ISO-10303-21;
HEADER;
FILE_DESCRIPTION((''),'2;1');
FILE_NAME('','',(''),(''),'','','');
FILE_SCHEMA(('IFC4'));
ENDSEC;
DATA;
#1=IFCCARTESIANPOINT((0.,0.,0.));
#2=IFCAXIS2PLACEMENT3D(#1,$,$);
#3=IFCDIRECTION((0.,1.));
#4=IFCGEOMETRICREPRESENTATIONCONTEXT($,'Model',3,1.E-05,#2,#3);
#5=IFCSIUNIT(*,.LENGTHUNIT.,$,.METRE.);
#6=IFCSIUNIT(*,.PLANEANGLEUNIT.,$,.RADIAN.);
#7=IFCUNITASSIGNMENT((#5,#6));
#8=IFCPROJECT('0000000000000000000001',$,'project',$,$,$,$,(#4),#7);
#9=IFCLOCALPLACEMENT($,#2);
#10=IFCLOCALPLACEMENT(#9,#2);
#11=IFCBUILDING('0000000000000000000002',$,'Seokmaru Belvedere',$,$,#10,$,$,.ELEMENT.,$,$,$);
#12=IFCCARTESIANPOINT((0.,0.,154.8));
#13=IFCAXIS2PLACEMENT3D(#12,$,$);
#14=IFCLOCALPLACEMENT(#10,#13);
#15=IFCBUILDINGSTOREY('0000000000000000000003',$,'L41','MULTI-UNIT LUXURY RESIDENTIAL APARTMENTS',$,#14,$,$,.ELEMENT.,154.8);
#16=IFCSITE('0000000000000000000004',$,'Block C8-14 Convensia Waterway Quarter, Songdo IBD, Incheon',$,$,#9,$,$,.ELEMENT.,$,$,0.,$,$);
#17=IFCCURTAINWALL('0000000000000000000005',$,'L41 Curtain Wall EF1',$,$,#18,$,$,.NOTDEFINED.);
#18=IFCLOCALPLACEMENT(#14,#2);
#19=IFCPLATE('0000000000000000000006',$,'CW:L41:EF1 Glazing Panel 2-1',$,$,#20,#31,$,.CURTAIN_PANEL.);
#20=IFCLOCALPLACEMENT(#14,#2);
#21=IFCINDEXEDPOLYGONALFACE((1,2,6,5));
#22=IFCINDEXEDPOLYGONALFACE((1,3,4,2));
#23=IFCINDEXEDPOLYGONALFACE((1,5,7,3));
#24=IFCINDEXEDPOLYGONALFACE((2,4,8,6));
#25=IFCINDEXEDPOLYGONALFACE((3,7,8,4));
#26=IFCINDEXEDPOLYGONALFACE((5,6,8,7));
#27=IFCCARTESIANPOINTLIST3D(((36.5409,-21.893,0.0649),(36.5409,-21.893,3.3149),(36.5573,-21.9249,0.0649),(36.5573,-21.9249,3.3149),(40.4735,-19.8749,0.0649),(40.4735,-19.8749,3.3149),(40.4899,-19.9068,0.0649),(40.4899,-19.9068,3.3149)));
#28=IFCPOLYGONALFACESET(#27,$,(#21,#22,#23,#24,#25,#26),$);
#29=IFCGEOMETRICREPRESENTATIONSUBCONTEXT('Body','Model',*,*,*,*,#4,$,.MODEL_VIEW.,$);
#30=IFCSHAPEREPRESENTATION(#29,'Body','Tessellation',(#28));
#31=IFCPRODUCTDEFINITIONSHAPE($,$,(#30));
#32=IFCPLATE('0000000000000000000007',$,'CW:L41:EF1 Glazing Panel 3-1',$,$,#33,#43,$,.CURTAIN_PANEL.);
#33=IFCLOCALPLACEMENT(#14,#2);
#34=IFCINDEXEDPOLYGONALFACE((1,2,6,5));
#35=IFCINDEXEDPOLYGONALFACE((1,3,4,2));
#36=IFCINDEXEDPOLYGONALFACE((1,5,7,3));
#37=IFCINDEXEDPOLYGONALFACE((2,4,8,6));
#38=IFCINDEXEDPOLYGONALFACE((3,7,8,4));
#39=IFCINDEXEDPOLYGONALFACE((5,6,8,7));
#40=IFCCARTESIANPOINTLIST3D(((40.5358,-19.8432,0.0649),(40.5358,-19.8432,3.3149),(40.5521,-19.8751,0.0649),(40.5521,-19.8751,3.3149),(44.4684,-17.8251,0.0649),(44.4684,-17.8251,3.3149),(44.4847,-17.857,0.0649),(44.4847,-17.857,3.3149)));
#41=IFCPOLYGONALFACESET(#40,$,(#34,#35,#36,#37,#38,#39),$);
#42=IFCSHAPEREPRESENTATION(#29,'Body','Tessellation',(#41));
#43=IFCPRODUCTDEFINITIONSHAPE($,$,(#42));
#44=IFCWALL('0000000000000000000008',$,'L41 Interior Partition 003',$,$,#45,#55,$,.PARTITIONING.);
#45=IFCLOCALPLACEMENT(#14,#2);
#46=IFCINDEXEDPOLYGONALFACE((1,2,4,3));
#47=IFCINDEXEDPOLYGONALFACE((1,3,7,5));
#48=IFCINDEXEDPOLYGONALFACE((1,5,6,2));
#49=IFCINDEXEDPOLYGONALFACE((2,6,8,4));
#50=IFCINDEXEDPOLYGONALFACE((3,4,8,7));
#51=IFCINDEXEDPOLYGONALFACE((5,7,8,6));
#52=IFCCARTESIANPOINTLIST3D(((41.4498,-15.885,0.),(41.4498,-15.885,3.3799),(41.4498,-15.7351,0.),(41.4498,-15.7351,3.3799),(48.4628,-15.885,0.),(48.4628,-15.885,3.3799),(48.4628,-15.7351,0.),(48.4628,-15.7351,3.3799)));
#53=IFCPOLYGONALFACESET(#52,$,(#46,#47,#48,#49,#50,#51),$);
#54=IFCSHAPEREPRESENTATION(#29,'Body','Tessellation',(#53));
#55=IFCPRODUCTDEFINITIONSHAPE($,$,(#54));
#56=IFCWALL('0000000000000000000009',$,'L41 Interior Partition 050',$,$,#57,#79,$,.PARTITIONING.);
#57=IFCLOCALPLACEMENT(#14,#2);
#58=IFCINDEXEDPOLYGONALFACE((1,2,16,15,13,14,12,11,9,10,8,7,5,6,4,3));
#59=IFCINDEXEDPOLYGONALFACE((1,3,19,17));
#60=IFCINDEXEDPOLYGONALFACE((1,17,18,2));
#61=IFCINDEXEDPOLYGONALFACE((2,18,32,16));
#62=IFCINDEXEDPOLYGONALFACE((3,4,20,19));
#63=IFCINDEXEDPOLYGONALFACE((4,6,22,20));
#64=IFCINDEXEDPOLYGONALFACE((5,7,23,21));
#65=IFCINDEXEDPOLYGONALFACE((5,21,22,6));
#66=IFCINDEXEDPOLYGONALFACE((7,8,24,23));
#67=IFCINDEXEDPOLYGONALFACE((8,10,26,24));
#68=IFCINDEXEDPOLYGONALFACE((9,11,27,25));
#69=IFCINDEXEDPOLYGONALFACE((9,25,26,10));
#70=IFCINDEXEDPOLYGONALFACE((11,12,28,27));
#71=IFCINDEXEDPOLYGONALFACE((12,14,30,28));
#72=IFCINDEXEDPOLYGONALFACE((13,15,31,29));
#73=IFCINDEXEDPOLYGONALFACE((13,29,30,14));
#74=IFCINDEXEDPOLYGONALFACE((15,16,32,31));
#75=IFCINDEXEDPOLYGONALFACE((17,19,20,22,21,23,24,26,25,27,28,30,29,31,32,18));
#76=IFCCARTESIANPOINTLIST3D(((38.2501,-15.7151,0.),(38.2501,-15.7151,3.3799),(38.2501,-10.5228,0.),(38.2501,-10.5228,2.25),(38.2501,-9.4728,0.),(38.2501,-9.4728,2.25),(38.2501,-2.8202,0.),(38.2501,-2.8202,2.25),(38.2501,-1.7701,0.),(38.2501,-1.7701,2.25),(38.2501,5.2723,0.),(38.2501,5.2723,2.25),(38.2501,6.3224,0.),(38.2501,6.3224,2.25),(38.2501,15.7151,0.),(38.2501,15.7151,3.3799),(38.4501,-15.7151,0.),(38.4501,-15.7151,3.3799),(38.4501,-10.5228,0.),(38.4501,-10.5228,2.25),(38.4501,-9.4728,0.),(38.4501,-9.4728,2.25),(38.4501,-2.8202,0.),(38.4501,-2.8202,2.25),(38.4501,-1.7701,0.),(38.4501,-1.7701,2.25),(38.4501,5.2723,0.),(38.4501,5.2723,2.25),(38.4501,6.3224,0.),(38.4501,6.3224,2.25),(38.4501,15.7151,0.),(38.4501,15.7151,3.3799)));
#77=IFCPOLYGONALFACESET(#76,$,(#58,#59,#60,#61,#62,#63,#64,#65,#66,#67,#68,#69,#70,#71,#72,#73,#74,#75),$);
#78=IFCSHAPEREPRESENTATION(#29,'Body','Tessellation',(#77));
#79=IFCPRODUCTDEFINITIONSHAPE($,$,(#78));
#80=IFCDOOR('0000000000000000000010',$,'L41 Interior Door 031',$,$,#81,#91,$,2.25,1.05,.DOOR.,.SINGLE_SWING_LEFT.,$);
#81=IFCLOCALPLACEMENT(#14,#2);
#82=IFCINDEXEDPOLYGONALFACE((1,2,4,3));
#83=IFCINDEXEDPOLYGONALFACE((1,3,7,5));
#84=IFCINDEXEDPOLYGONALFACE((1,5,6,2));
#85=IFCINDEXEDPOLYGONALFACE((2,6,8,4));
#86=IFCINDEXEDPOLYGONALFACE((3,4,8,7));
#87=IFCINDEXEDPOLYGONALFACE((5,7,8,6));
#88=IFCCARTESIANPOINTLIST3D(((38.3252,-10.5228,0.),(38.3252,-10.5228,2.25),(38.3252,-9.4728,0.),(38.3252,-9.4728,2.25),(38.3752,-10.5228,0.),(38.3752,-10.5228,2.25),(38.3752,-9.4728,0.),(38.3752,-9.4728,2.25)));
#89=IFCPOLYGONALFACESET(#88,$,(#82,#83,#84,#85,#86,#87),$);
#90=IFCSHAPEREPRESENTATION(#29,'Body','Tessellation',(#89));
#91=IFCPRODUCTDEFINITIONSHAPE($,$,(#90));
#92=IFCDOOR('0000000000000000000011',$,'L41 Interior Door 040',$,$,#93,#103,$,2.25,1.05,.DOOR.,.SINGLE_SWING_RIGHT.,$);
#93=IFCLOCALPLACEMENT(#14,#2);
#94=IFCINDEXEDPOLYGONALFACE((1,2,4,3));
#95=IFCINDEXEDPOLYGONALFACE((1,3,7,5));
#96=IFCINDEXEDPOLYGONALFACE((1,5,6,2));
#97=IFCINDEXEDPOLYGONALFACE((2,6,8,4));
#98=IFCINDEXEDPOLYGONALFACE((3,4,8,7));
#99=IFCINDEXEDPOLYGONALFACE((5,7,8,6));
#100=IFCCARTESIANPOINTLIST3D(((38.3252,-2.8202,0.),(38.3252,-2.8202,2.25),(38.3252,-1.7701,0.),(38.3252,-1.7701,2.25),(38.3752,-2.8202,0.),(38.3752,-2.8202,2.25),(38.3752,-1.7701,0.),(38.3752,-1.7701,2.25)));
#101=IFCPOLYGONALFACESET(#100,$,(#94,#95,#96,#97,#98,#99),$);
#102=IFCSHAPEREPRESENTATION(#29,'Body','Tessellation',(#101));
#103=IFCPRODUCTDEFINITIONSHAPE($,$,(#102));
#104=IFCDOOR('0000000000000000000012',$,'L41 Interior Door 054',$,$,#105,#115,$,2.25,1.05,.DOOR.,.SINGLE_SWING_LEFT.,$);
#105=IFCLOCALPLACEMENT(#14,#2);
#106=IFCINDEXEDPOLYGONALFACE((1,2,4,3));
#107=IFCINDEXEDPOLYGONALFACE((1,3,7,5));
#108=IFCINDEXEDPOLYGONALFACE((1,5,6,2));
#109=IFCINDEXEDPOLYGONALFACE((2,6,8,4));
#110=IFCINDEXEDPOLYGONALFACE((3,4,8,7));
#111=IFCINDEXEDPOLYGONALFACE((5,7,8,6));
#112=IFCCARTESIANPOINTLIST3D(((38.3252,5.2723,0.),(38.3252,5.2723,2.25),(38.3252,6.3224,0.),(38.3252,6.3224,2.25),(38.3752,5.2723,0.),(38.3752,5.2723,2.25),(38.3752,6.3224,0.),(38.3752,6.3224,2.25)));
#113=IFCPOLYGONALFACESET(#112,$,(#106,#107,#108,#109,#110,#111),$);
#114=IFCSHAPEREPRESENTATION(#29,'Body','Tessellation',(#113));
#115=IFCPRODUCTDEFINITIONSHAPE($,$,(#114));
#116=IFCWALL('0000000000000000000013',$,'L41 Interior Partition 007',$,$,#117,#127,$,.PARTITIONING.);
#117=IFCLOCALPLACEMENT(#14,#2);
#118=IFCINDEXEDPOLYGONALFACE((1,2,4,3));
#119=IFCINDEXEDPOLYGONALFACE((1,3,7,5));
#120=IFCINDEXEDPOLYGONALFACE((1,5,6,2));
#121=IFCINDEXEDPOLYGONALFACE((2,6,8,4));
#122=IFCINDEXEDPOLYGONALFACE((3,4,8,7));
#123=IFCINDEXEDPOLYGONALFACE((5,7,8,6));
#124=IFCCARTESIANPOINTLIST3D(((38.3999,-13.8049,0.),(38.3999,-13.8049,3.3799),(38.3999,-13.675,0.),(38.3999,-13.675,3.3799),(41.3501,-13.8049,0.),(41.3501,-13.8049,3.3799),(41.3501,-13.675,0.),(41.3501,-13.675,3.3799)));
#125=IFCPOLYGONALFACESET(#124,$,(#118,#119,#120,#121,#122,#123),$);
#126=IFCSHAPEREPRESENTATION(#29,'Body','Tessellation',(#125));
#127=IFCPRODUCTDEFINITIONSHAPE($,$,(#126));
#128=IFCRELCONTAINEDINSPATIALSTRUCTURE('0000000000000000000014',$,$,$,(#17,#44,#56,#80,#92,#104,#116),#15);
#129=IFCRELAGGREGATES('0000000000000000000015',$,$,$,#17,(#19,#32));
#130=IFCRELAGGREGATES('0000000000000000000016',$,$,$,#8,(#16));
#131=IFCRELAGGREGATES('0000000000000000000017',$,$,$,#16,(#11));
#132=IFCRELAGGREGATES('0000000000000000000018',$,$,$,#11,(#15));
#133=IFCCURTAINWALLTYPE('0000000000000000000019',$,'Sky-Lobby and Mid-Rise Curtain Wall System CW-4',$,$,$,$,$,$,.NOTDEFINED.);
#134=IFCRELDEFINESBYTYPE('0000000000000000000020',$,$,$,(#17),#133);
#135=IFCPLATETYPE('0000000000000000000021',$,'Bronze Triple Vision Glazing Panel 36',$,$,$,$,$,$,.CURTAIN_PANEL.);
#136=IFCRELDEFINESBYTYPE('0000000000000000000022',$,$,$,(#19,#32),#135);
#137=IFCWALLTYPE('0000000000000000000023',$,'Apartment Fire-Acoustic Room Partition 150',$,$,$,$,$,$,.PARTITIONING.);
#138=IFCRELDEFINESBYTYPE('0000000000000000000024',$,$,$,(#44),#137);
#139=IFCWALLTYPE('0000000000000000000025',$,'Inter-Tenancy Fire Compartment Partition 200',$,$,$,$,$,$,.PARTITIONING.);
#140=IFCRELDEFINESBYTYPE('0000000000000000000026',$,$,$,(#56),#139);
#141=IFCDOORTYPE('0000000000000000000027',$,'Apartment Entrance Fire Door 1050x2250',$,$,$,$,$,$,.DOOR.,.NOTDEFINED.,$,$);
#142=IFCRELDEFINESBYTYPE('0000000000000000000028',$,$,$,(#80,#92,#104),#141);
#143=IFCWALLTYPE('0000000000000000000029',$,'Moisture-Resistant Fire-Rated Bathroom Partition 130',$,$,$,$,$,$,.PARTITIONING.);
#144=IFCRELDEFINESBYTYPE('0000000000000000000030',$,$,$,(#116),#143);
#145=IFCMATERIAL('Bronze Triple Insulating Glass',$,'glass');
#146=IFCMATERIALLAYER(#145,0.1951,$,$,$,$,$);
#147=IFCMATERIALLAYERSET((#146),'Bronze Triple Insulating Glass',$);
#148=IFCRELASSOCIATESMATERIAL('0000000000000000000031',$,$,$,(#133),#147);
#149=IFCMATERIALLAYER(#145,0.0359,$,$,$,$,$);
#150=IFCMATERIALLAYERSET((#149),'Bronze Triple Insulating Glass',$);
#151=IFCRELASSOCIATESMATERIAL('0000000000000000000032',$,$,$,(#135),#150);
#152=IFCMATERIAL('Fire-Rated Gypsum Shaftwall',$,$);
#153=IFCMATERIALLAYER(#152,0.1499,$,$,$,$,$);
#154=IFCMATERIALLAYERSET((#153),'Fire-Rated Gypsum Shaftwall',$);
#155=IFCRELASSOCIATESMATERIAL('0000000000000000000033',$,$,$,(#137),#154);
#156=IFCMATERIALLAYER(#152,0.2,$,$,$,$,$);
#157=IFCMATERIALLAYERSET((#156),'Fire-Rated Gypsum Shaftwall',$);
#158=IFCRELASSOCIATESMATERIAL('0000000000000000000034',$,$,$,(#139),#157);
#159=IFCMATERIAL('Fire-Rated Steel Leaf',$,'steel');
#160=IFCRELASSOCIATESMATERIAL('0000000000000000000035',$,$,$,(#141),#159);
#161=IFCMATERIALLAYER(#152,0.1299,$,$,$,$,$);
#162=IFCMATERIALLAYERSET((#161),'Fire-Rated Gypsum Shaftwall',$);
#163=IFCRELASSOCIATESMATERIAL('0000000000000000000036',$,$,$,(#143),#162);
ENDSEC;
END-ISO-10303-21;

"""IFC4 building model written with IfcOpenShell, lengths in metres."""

from ifc_helpers import new_model, si_unit, direction, frame, frame_2d, origin, origin_2d, place, context, subcontext, project, spatial, rectangle, extrude, source, transform, mapped, material, layer, layer_set, type_object, type_shapes, element, fill, aggregate, save


model = new_model("IFC4")

# Units and contexts
model_context = context("Model", 3, precision=1e-05, world=origin(), true_north=direction((0.0, 1.0)))
body_context = subcontext(model_context, "Body", "Model", "MODEL_VIEW")
ifc_project = project(units=[si_unit("LENGTHUNIT", "METRE"), si_unit("PLANEANGLEUNIT", "RADIAN")], contexts=[model_context])

# Site, building, storey
site_placement = place(None, origin())
site = spatial("IfcSite", under=ifc_project, at=site_placement, Name="Block C8-14 Convensia Waterway Quarter, Songdo IBD, Incheon", CompositionType="ELEMENT", RefElevation=0.0)
building_placement = place(site_placement, origin())
building = spatial("IfcBuilding", under=site, at=building_placement, Name="Seokmaru Belvedere", CompositionType="ELEMENT")
storey_placement = place(building_placement, frame((0.0, 0.0, 154.8)))
storey = spatial("IfcBuildingStorey", under=building, at=storey_placement, Name="L41", Description="MULTI-UNIT LUXURY RESIDENTIAL APARTMENTS", CompositionType="ELEMENT", Elevation=154.8)

# Curtain wall, plates
ifc_material_1 = material(Name="Bronze Triple Insulating Glass", Category="glass")
ifc_layer_1 = layer(ifc_material_1, 0.1951)
ifc_layer_set_1 = layer_set([ifc_layer_1], Name="Bronze Triple Insulating Glass")
curtain_wall_type = type_object("IfcCurtainWallType", Name="Sky-Lobby and Mid-Rise Curtain Wall System CW-4", PredefinedType="NOTDEFINED", material=ifc_layer_set_1)
curtain_wall_placement = place(storey_placement, origin())
curtain_wall = element("IfcCurtainWall", 1, at=curtain_wall_placement, inside=storey, type_object=curtain_wall_type, Name="L41 Curtain Wall EF1", PredefinedType="NOTDEFINED")
ifc_layer_2 = layer(ifc_material_1, 0.0359)
ifc_layer_set_2 = layer_set([ifc_layer_2], Name="Bronze Triple Insulating Glass")
plate_type = type_object("IfcPlateType", Name="Bronze Triple Vision Glazing Panel 36", PredefinedType="CURTAIN_PANEL", material=ifc_layer_set_2)
shared_shape_1 = source(origin(), body_context, "Body", "SweptSolid", [
    extrude(rectangle(XDim=4.4202, YDim=0.0359, at=origin_2d()), origin(), (0.0, 0.0, 1.0), 3.25),
])
type_shapes(plate_type, [shared_shape_1])
plate_1_placement = place(storey_placement, frame((38.5154, -20.8999, 0.0649), z_axis=(0.0, 0.0, 1.0), x_axis=(0.889695, 0.456555, 0.0)))
plate_1 = element("IfcPlate", 2, at=plate_1_placement, type_object=plate_type, Name="CW:L41:EF1 Glazing Panel 2-1", PredefinedType="CURTAIN_PANEL", context=body_context, shape_type="MappedRepresentation", body=[
    mapped(shared_shape_1, transform((0.0, 0.0, 0.0), scale=1.0)),
])
plate_2_placement = place(storey_placement, frame((42.5103, -18.8501, 0.0649), z_axis=(0.0, 0.0, 1.0), x_axis=(0.889695, 0.456555, 0.0)))
plate_2 = element("IfcPlate", 3, at=plate_2_placement, type_object=plate_type, Name="CW:L41:EF1 Glazing Panel 3-1", PredefinedType="CURTAIN_PANEL", context=body_context, shape_type="MappedRepresentation", body=[
    mapped(shared_shape_1, transform((0.0, 0.0, 0.0), scale=1.0)),
])
aggregate(curtain_wall, [plate_1, plate_2])

# Wall
ifc_material_2 = material(Name="Fire-Rated Gypsum Shaftwall")
ifc_layer_3 = layer(ifc_material_2, 0.1499)
ifc_layer_set_3 = layer_set([ifc_layer_3], Name="Fire-Rated Gypsum Shaftwall")
wall_type_1 = type_object("IfcWallType", Name="Apartment Fire-Acoustic Room Partition 150", PredefinedType="PARTITIONING", material=ifc_layer_set_3)
wall_1_placement = place(storey_placement, frame((41.45, -15.8101, 0.0), z_axis=(0.0, 0.0, 1.0), x_axis=(1.0, 0.0, 0.0)))
element("IfcWall", 4, at=wall_1_placement, inside=storey, type_object=wall_type_1, Name="L41 Interior Partition 003", PredefinedType="PARTITIONING", context=body_context, shape_type="SweptSolid", body=[
    extrude(rectangle(XDim=7.0129, YDim=0.1499, at=frame_2d((3.5063, 0.0))), origin(), (0.0, 0.0, 1.0), 3.3799),
])

# Wall, openings, doors
ifc_layer_4 = layer(ifc_material_2, 0.2)
ifc_layer_set_4 = layer_set([ifc_layer_4], Name="Fire-Rated Gypsum Shaftwall")
wall_type_2 = type_object("IfcWallType", Name="Inter-Tenancy Fire Compartment Partition 200", PredefinedType="PARTITIONING", material=ifc_layer_set_4)
wall_2_placement = place(storey_placement, frame((38.3501, -15.7151, 0.0), z_axis=(0.0, 0.0, 1.0), x_axis=(0.0, 1.0, 0.0)))
wall_2 = element("IfcWall", 5, at=wall_2_placement, inside=storey, type_object=wall_type_2, Name="L41 Interior Partition 050", PredefinedType="PARTITIONING", context=body_context, shape_type="SweptSolid", body=[
    extrude(rectangle(XDim=31.4302, YDim=0.2, at=frame_2d((15.7151, 0.0))), origin(), (0.0, 0.0, 1.0), 3.3799),
])
opening_1_placement = place(wall_2_placement, frame((5.1924, 0.0, 0.0)))
opening_1 = element("IfcOpeningElement", 6, at=opening_1_placement, cuts=wall_2, PredefinedType="OPENING", context=body_context, shape_type="SweptSolid", body=[
    extrude(rectangle(XDim=1.05, YDim=2.25, at=frame_2d((0.5249, 1.125))), frame((0.0, 0.1099, 0.0), z_axis=(0.0, -1.0, 0.0), x_axis=(1.0, 0.0, 0.0)), (0.0, 0.0, 1.0), 0.22),
])
opening_2_placement = place(wall_2_placement, frame((12.895, 0.0, 0.0)))
opening_2 = element("IfcOpeningElement", 7, at=opening_2_placement, cuts=wall_2, PredefinedType="OPENING", context=body_context, shape_type="SweptSolid", body=[
    extrude(rectangle(XDim=1.05, YDim=2.25, at=frame_2d((0.5249, 1.125))), frame((0.0, 0.1099, 0.0), z_axis=(0.0, -1.0, 0.0), x_axis=(1.0, 0.0, 0.0)), (0.0, 0.0, 1.0), 0.22),
])
opening_3_placement = place(wall_2_placement, frame((20.9875, 0.0, 0.0)))
opening_3 = element("IfcOpeningElement", 8, at=opening_3_placement, cuts=wall_2, PredefinedType="OPENING", context=body_context, shape_type="SweptSolid", body=[
    extrude(rectangle(XDim=1.05, YDim=2.25, at=frame_2d((0.5249, 1.125))), frame((0.0, 0.1099, 0.0), z_axis=(0.0, -1.0, 0.0), x_axis=(1.0, 0.0, 0.0)), (0.0, 0.0, 1.0), 0.22),
])
ifc_material_3 = material(Name="Fire-Rated Steel Leaf", Category="steel")
door_type_1 = type_object("IfcDoorType", Name="Apartment Entrance Fire Door 1050x2250", OperationType="NOTDEFINED", PredefinedType="DOOR", material=ifc_material_3)
shared_shape_2 = source(origin(), body_context, "Body", "SweptSolid", [
    extrude(rectangle(XDim=1.05, YDim=2.25, at=frame_2d((0.5249, 1.125))), frame((0.0, 0.0249, 0.0), z_axis=(0.0, -1.0, 0.0), x_axis=(1.0, 0.0, 0.0)), (0.0, 0.0, 1.0), 0.05),
])
type_shapes(door_type_1, [shared_shape_2])
door_1_placement = place(opening_1_placement, origin())
door_1 = element("IfcDoor", 9, at=door_1_placement, inside=storey, type_object=door_type_1, Name="L41 Interior Door 031", OperationType="SINGLE_SWING_LEFT", OverallHeight=2.25, OverallWidth=1.05, PredefinedType="DOOR", context=body_context, shape_type="MappedRepresentation", body=[
    mapped(shared_shape_2, transform((0.0, 0.0, 0.0), scale=1.0)),
])
fill(opening_1, door_1)
door_2_placement = place(opening_2_placement, origin())
door_2 = element("IfcDoor", 10, at=door_2_placement, inside=storey, type_object=door_type_1, Name="L41 Interior Door 040", OperationType="SINGLE_SWING_RIGHT", OverallHeight=2.25, OverallWidth=1.05, PredefinedType="DOOR", context=body_context, shape_type="MappedRepresentation", body=[
    mapped(shared_shape_2, transform((0.0, 0.0, 0.0), scale=1.0)),
])
fill(opening_2, door_2)
door_3_placement = place(opening_3_placement, origin())
door_3 = element("IfcDoor", 11, at=door_3_placement, inside=storey, type_object=door_type_1, Name="L41 Interior Door 054", OperationType="SINGLE_SWING_LEFT", OverallHeight=2.25, OverallWidth=1.05, PredefinedType="DOOR", context=body_context, shape_type="MappedRepresentation", body=[
    mapped(shared_shape_2, transform((0.0, 0.0, 0.0), scale=1.0)),
])
fill(opening_3, door_3)

# Wall
ifc_layer_5 = layer(ifc_material_2, 0.1299)
ifc_layer_set_5 = layer_set([ifc_layer_5], Name="Fire-Rated Gypsum Shaftwall")
wall_type_3 = type_object("IfcWallType", Name="Moisture-Resistant Fire-Rated Bathroom Partition 130", PredefinedType="PARTITIONING", material=ifc_layer_set_5)
wall_3_placement = place(storey_placement, frame((38.3999, -13.74, 0.0), z_axis=(0.0, 0.0, 1.0), x_axis=(1.0, 0.0, 0.0)))
element("IfcWall", 12, at=wall_3_placement, inside=storey, type_object=wall_type_3, Name="L41 Interior Partition 007", PredefinedType="PARTITIONING", context=body_context, shape_type="SweptSolid", body=[
    extrude(rectangle(XDim=2.9502, YDim=0.1299, at=frame_2d((1.4751, 0.0))), origin(), (0.0, 0.0, 1.0), 3.3799),
])

save(model, "model.ifc")
